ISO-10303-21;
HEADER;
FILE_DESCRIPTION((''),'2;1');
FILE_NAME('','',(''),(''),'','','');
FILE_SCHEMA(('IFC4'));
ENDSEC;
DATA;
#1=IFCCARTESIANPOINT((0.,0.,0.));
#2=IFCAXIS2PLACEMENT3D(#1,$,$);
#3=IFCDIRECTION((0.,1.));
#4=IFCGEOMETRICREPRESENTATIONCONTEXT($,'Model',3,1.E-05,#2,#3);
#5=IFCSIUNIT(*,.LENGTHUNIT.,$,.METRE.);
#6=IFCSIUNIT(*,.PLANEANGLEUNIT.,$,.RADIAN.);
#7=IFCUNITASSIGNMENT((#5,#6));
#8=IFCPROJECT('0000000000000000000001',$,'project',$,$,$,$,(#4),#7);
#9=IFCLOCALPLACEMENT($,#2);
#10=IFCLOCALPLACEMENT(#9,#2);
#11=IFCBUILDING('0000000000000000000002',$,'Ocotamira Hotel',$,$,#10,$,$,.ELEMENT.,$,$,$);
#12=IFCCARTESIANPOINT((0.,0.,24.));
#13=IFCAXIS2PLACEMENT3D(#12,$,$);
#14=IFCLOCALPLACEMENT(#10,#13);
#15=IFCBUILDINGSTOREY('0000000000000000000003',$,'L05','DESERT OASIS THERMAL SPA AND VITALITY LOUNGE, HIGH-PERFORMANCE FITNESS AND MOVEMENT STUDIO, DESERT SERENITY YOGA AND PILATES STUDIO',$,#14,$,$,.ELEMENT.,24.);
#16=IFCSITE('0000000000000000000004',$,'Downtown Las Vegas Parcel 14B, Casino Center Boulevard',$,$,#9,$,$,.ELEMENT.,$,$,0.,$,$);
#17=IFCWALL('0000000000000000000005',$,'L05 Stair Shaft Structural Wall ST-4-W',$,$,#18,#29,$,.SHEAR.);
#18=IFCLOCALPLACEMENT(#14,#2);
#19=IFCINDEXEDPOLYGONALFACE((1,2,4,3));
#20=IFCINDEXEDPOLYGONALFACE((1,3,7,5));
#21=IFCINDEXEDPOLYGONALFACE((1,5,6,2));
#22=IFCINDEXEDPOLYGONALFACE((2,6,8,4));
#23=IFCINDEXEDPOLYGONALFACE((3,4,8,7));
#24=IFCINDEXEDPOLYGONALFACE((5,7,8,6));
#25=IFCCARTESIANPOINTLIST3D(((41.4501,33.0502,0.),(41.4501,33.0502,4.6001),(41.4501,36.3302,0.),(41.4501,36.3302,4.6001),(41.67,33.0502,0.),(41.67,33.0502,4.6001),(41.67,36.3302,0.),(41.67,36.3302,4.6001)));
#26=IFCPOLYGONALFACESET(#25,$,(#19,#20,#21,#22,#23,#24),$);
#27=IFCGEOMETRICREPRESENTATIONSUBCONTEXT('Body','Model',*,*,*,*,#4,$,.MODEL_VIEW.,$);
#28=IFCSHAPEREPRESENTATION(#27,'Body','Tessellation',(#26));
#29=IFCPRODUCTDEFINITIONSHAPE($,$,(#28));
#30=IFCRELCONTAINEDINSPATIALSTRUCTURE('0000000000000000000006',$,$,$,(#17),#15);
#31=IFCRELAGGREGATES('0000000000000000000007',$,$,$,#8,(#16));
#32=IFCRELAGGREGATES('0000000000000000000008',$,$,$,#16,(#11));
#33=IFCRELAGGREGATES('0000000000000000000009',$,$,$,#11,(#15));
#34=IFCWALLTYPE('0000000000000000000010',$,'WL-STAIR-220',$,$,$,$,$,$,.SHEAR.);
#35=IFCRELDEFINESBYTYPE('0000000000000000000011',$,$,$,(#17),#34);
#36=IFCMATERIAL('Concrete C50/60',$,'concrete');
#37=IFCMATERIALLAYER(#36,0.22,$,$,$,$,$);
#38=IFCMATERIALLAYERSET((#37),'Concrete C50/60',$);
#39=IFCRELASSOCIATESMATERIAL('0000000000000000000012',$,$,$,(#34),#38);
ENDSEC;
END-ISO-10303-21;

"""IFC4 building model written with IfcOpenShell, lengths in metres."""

from ifc_helpers import new_model, si_unit, direction, frame, frame_2d, origin, place, context, subcontext, project, spatial, rectangle, extrude, material, layer, layer_set, type_object, element, save


model = new_model("IFC4")

# Units and contexts
model_context = context("Model", 3, precision=1e-05, world=origin(), true_north=direction((0.0, 1.0)))
body_context = subcontext(model_context, "Body", "Model", "MODEL_VIEW")
ifc_project = project(units=[si_unit("LENGTHUNIT", "METRE"), si_unit("PLANEANGLEUNIT", "RADIAN")], contexts=[model_context])

# Site, building, storey
site_placement = place(None, origin())
site = spatial("IfcSite", under=ifc_project, at=site_placement, Name="Downtown Las Vegas Parcel 14B, Casino Center Boulevard", CompositionType="ELEMENT", RefElevation=0.0)
building_placement = place(site_placement, origin())
building = spatial("IfcBuilding", under=site, at=building_placement, Name="Ocotamira Hotel", CompositionType="ELEMENT")
storey_placement = place(building_placement, frame((0.0, 0.0, 24.0)))
storey = spatial("IfcBuildingStorey", under=building, at=storey_placement, Name="L05", Description="DESERT OASIS THERMAL SPA AND VITALITY LOUNGE, HIGH-PERFORMANCE FITNESS AND MOVEMENT STUDIO, DESERT SERENITY YOGA AND PILATES STUDIO", CompositionType="ELEMENT", Elevation=24.0)

# Shared definitions
ifc_material_1 = material(Name="Concrete C50/60", Category="concrete")
ifc_layer_1 = layer(ifc_material_1, 0.22)
ifc_layer_set_1 = layer_set([ifc_layer_1], Name="Concrete C50/60")
wall_type_1 = type_object("IfcWallType", Name="WL-STAIR-220", PredefinedType="SHEAR", material=ifc_layer_set_1)

# Wall
wall_1_placement = place(storey_placement, frame((41.5601, 33.05, 0.0), z_axis=(0.0, 0.0, 1.0), x_axis=(0.0, 1.0, 0.0)))
element("IfcWall", 1, at=wall_1_placement, inside=storey, type_object=wall_type_1, Name="L05 Stair Shaft Structural Wall ST-4-W", PredefinedType="SHEAR", context=body_context, shape_type="SweptSolid", body=[
    extrude(rectangle(XDim=3.28, YDim=0.22, at=frame_2d((1.6401, 0.0))), origin(), (0.0, 0.0, 1.0), 4.6001),
])

save(model, "model.ifc")
